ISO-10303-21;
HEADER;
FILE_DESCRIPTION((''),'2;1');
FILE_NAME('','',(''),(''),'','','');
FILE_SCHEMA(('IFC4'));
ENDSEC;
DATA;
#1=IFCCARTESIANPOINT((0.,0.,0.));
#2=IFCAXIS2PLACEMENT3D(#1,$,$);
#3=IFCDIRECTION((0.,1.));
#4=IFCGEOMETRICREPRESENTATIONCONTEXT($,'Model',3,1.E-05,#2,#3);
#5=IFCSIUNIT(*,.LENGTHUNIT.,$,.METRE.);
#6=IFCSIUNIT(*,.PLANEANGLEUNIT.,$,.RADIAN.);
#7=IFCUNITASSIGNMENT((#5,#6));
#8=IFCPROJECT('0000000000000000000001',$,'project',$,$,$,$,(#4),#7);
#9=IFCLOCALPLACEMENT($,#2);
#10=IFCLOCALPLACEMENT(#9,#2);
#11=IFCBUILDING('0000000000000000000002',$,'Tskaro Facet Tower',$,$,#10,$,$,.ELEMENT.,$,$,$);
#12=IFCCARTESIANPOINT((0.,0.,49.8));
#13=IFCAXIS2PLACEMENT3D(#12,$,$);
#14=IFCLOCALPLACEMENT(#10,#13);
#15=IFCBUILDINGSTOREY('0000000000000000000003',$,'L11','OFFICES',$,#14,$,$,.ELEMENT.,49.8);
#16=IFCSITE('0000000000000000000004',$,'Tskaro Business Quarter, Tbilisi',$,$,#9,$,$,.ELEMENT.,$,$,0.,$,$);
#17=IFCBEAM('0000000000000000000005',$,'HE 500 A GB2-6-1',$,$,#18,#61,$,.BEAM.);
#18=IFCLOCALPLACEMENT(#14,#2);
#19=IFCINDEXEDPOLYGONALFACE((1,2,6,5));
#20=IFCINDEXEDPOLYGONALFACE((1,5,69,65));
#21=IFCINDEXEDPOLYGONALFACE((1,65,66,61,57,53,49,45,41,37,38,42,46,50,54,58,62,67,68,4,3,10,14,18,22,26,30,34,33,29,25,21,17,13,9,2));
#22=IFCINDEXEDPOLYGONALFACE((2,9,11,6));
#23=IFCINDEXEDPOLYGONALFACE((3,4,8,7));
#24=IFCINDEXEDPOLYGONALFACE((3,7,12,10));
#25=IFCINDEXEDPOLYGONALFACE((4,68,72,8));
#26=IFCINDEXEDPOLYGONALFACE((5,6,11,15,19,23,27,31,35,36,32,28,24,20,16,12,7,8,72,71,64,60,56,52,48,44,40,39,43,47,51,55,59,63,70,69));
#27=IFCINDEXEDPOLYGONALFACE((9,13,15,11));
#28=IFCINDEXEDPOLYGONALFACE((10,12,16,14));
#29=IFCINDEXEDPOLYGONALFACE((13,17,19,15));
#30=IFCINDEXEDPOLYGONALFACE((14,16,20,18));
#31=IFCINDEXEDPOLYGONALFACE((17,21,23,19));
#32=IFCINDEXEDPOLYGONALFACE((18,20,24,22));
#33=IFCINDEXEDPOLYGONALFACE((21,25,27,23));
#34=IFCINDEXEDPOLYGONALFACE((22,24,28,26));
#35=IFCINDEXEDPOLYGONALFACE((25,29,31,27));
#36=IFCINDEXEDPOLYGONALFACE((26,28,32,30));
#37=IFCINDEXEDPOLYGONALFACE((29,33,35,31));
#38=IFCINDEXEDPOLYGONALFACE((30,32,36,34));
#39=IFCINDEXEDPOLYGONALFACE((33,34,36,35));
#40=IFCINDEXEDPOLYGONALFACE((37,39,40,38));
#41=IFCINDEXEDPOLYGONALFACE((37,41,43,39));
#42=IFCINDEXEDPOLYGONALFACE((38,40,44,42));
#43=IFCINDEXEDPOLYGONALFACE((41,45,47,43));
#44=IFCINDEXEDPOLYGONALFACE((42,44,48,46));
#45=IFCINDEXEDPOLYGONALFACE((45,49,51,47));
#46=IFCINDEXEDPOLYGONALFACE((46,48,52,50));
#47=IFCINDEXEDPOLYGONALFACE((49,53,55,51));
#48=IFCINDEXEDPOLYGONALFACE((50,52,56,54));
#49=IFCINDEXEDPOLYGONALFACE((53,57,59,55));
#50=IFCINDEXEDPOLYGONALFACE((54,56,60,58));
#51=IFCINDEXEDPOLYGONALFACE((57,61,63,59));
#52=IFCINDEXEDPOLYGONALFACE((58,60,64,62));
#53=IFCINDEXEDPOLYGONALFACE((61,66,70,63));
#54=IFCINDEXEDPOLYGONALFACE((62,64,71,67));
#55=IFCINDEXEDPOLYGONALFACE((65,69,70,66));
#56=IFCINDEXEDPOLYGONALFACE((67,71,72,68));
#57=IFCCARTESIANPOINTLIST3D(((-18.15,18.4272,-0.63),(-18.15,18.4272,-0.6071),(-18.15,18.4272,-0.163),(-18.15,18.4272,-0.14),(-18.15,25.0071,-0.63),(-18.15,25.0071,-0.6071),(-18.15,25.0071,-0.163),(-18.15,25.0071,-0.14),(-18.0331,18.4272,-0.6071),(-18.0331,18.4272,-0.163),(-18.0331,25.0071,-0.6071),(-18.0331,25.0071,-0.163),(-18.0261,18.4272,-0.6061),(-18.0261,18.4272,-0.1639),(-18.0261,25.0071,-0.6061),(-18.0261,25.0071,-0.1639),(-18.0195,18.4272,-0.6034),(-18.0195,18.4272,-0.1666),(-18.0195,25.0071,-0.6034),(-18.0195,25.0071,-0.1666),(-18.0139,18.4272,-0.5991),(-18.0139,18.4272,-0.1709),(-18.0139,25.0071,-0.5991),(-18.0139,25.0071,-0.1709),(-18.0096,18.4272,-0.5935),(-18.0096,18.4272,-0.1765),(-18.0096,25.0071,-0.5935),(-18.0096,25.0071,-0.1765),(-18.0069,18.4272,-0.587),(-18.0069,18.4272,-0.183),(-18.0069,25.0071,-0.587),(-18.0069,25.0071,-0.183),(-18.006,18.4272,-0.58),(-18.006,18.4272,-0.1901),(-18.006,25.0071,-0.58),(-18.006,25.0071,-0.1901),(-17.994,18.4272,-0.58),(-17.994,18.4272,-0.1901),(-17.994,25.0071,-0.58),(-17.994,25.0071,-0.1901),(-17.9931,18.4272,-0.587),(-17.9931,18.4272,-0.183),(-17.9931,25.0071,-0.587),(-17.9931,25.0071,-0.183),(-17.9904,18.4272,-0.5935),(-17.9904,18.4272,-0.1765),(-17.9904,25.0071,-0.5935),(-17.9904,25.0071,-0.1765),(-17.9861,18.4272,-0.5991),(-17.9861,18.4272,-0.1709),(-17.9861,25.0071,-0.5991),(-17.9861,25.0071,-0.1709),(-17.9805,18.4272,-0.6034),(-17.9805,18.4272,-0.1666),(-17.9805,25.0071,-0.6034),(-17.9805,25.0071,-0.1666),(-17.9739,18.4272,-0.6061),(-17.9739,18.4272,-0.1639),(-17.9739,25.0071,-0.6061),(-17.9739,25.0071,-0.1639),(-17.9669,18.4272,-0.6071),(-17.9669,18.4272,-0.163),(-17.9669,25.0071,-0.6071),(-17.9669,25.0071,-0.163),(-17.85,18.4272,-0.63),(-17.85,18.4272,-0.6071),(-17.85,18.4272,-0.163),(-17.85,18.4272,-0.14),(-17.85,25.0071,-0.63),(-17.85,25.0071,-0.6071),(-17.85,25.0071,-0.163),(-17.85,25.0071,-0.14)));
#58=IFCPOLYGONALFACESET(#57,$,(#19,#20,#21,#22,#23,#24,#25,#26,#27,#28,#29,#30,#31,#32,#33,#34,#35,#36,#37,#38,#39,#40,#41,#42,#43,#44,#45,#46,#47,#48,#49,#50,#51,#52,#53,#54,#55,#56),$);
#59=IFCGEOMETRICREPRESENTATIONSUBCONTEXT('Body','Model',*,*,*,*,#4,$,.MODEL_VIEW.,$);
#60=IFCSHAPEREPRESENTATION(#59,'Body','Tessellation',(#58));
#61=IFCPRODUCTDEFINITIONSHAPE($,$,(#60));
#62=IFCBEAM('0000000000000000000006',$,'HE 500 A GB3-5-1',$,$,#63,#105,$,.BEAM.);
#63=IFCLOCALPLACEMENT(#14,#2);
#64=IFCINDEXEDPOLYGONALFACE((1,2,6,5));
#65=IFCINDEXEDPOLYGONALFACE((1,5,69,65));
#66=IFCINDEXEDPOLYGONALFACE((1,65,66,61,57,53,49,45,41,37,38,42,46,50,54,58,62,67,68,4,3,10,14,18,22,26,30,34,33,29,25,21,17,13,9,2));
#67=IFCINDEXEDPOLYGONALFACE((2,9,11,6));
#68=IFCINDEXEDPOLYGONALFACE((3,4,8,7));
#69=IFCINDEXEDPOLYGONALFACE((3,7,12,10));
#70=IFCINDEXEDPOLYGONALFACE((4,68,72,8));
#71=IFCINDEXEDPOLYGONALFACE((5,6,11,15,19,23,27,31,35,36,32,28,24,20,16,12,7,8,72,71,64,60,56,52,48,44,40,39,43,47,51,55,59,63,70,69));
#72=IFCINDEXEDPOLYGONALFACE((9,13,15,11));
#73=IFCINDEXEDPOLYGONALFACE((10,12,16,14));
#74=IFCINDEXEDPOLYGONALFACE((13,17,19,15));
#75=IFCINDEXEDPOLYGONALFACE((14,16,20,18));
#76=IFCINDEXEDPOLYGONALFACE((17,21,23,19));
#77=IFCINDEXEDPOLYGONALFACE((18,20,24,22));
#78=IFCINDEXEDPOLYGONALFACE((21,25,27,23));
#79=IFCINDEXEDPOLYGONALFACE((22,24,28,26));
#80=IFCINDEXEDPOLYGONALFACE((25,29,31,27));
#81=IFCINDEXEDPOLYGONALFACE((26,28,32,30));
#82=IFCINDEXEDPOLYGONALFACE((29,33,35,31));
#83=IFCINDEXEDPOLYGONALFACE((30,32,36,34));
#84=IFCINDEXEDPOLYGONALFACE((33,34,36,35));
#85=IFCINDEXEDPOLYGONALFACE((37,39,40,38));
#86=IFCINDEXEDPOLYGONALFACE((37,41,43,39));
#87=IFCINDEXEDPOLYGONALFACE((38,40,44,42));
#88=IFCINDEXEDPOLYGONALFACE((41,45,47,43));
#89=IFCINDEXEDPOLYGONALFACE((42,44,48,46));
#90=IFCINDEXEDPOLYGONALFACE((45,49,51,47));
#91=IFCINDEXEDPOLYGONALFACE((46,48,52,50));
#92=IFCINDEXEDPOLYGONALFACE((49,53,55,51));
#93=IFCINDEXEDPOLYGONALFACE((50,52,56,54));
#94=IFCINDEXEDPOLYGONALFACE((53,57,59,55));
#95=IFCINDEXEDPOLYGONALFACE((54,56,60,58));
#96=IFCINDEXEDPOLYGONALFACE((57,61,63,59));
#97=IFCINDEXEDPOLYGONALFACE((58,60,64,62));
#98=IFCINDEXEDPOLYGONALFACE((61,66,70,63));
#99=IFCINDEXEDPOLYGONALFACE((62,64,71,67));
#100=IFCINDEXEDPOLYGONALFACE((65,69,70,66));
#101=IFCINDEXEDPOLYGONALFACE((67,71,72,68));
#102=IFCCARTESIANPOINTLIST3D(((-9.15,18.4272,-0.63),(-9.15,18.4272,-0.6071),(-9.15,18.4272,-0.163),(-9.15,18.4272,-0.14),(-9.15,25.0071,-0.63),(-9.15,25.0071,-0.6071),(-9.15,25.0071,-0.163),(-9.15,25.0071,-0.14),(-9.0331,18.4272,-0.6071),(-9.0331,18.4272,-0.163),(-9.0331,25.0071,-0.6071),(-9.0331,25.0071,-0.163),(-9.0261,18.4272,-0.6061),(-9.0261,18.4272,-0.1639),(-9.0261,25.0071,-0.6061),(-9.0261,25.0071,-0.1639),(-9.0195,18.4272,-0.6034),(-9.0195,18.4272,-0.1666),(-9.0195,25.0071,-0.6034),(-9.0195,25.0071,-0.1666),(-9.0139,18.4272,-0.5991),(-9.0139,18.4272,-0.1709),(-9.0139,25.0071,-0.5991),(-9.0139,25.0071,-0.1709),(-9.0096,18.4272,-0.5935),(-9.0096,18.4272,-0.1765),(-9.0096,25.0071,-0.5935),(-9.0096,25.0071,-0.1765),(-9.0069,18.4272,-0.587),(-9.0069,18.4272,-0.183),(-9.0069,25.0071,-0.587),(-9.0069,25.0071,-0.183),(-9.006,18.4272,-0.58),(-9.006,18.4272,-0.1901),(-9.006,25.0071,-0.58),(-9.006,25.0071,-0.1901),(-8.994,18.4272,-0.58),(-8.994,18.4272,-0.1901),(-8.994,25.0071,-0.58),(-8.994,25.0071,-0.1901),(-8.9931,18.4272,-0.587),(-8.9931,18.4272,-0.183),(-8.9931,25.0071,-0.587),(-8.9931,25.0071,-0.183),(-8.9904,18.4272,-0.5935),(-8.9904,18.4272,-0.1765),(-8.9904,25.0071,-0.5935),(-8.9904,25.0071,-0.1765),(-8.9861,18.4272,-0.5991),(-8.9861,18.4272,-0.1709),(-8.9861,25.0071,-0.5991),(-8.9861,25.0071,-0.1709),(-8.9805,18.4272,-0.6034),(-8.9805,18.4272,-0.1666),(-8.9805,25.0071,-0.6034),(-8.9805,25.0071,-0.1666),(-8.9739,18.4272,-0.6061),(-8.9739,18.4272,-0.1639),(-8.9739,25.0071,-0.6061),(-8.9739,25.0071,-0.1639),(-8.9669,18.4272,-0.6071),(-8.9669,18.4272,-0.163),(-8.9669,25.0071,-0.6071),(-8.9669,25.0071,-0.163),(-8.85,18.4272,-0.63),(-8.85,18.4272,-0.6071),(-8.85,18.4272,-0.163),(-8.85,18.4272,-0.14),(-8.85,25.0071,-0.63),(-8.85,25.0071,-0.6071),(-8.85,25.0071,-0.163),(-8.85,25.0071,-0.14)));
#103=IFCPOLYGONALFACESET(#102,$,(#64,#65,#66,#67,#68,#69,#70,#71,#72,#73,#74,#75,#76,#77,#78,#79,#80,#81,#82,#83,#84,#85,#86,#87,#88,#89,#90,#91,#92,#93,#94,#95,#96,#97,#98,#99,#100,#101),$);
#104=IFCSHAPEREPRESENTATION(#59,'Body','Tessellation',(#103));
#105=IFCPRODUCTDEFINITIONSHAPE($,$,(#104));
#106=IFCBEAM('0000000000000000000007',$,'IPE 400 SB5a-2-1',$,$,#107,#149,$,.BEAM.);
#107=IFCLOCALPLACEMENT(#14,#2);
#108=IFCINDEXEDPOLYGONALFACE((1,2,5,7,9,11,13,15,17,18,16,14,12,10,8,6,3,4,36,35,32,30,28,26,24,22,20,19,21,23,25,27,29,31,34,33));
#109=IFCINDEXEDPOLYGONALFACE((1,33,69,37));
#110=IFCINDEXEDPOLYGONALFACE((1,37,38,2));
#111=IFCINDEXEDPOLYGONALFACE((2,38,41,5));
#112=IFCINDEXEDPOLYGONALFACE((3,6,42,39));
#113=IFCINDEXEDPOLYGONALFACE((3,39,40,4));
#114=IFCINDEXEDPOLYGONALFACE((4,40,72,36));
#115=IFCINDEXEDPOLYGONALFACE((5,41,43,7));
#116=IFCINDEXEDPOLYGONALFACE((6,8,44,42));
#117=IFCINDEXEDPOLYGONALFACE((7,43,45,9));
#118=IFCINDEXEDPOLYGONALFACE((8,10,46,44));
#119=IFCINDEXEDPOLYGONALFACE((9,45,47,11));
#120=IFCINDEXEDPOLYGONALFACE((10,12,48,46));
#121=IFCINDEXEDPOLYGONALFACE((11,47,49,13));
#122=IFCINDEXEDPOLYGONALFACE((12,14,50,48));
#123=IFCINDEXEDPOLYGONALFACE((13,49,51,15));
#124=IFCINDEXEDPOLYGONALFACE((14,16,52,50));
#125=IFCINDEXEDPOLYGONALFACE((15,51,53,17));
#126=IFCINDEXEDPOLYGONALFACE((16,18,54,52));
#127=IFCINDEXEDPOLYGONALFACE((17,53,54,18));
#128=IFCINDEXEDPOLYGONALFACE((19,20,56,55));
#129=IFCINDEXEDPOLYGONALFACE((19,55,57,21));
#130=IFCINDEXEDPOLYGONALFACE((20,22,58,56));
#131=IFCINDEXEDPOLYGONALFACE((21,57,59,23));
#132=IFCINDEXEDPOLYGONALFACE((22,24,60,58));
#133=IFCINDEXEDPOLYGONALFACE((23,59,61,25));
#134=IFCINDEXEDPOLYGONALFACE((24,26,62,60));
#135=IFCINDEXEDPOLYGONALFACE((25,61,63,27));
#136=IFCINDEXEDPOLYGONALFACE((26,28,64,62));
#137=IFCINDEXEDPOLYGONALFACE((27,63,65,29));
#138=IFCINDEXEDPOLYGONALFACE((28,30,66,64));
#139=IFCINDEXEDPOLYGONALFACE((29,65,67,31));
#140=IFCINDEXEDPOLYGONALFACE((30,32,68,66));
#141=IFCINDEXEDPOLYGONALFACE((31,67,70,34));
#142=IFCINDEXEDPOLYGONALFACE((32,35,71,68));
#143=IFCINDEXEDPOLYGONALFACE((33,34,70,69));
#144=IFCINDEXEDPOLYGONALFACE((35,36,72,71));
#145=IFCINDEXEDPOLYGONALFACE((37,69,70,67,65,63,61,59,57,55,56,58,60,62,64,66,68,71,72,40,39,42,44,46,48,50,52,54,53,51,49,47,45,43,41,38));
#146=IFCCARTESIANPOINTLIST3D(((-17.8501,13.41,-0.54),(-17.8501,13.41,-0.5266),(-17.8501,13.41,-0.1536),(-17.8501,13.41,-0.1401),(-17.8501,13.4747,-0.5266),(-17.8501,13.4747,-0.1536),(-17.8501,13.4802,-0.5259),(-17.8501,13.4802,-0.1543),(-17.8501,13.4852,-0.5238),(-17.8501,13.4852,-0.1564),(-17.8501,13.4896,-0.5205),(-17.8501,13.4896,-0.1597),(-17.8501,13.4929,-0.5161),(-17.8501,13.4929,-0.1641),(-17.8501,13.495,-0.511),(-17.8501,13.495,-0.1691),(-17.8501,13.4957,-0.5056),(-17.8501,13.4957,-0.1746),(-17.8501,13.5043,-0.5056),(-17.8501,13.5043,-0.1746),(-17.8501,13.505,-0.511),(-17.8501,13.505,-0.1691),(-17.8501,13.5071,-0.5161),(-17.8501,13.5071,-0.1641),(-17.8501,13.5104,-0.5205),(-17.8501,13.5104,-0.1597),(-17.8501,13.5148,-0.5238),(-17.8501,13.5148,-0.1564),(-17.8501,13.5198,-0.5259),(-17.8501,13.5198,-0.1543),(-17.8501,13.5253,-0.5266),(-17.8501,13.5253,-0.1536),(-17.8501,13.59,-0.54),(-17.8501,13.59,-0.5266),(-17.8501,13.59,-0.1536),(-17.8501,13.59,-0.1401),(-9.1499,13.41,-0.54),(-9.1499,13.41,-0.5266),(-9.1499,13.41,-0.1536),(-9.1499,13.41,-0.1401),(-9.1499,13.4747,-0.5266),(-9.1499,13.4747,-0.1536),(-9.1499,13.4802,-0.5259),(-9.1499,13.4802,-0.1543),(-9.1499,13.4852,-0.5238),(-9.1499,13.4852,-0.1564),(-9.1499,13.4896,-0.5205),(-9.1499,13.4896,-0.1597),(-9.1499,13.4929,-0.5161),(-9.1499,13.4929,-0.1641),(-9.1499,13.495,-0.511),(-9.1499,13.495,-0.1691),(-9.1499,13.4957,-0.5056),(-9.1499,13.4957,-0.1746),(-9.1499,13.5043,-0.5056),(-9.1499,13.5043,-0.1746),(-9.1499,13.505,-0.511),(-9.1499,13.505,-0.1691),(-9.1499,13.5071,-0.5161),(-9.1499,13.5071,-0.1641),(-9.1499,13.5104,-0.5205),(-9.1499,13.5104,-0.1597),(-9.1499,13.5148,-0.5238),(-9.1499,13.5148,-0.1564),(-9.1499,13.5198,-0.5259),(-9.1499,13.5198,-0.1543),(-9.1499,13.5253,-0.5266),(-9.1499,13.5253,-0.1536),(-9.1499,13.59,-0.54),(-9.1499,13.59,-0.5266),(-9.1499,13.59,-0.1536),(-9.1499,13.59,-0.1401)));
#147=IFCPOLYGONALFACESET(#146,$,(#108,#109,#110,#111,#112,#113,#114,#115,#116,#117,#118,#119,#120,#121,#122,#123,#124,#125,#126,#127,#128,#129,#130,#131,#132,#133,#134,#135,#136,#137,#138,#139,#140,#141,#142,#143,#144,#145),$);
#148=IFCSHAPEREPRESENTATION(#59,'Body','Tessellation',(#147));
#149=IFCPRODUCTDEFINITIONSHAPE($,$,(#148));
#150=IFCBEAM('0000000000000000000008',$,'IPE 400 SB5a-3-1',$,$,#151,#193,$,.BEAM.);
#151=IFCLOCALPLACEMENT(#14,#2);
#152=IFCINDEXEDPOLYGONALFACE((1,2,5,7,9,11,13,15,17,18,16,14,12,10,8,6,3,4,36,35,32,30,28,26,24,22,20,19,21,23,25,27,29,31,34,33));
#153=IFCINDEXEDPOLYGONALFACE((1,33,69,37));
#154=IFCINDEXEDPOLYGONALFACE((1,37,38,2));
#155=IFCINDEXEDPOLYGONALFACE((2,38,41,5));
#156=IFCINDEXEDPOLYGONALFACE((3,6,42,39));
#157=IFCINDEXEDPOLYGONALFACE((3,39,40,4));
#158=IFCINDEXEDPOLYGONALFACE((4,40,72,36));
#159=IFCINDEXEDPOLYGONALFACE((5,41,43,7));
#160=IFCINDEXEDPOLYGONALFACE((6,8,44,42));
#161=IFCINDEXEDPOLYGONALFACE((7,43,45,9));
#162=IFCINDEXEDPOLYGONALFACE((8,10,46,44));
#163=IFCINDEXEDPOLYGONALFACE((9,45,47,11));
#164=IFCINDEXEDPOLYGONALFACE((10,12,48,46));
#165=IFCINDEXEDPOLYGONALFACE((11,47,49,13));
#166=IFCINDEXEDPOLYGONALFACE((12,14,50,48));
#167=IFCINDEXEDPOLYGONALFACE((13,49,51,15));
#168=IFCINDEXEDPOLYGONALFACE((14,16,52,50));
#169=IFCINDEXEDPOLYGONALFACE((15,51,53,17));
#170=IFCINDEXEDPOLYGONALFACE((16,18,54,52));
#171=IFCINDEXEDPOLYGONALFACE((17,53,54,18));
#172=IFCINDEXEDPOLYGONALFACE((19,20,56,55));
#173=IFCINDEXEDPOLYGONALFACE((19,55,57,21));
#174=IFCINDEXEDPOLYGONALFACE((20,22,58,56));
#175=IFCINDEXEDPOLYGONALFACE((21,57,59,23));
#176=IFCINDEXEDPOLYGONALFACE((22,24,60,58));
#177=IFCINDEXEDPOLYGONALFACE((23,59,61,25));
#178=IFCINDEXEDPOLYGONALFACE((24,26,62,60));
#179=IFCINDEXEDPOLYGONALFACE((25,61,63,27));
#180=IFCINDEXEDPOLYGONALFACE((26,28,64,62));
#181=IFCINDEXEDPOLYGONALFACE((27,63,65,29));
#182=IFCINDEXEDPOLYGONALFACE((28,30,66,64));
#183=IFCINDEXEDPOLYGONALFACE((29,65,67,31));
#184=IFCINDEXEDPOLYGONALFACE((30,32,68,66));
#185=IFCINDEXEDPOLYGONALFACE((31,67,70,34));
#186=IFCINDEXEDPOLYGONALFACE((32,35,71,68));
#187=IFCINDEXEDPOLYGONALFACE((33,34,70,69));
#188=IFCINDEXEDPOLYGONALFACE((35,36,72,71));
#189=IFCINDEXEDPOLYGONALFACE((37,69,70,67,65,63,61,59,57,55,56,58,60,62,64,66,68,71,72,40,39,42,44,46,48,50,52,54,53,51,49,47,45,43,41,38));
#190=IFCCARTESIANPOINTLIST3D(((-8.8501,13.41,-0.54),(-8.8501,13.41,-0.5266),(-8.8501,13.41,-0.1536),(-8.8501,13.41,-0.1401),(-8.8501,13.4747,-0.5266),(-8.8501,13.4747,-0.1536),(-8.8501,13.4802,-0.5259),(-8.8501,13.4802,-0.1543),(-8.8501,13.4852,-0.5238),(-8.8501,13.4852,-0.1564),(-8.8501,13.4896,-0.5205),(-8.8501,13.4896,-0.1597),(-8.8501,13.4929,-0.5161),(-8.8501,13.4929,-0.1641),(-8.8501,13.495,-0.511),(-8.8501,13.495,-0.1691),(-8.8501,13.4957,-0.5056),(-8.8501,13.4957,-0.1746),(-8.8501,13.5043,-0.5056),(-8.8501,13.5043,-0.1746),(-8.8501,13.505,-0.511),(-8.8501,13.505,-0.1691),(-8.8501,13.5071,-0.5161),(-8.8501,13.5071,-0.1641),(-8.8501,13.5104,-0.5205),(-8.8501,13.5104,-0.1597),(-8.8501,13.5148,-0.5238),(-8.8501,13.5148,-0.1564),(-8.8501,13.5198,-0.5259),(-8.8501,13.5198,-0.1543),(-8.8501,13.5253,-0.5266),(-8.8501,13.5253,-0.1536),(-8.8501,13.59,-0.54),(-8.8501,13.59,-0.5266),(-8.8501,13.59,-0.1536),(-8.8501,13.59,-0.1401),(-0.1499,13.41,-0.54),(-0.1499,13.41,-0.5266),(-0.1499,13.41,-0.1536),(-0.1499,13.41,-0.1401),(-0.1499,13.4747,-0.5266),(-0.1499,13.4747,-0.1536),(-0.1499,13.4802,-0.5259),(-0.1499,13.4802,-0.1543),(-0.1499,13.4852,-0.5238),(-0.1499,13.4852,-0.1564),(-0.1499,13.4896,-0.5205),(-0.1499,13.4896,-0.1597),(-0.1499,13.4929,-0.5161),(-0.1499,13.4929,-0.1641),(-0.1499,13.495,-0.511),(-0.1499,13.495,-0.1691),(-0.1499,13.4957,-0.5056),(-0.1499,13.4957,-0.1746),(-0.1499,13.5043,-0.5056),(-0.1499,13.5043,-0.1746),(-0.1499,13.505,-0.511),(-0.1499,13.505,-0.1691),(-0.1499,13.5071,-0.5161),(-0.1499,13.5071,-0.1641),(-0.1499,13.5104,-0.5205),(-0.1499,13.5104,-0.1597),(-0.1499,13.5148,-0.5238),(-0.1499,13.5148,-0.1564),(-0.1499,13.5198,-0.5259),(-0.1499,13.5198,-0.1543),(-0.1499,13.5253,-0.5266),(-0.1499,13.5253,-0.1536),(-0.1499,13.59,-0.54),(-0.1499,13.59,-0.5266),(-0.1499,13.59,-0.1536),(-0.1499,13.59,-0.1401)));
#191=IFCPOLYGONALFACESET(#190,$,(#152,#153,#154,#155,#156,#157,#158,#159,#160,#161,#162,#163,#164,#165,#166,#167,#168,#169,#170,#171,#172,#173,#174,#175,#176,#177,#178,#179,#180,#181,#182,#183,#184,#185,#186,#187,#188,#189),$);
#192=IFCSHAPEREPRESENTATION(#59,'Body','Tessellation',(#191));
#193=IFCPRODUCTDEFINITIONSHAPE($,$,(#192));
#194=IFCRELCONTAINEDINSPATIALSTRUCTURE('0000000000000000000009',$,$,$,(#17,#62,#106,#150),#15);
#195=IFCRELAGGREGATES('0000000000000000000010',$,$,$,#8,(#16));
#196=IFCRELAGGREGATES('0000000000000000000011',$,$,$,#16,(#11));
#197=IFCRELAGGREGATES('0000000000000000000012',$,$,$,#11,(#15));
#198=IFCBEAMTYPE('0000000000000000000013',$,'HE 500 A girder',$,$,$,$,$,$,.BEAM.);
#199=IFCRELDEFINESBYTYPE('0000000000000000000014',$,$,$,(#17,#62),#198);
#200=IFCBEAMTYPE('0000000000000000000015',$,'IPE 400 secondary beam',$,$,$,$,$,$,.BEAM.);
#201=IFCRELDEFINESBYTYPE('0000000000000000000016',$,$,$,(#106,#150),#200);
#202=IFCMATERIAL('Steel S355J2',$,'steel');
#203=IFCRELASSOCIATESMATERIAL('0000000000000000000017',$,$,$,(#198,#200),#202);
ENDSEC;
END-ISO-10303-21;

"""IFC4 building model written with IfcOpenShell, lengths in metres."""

from ifc_helpers import new_model, si_unit, direction, frame, origin, origin_2d, place, context, subcontext, project, spatial, i_section, extrude, material, material_profile, profile_set, type_object, element, save


model = new_model("IFC4")

# Units and contexts
model_context = context("Model", 3, precision=1e-05, world=origin(), true_north=direction((0.0, 1.0)))
body_context = subcontext(model_context, "Body", "Model", "MODEL_VIEW")
ifc_project = project(units=[si_unit("LENGTHUNIT", "METRE"), si_unit("PLANEANGLEUNIT", "RADIAN")], contexts=[model_context])

# Site, building, storey
site_placement = place(None, origin())
site = spatial("IfcSite", under=ifc_project, at=site_placement, Name="Tskaro Business Quarter, Tbilisi", CompositionType="ELEMENT", RefElevation=0.0)
building_placement = place(site_placement, origin())
building = spatial("IfcBuilding", under=site, at=building_placement, Name="Tskaro Facet Tower", CompositionType="ELEMENT")
storey_placement = place(building_placement, frame((0.0, 0.0, 49.8)))
storey = spatial("IfcBuildingStorey", under=building, at=storey_placement, Name="L11", Description="OFFICES", CompositionType="ELEMENT", Elevation=49.8)

# Beams
ifc_material_1 = material(Name="Steel S355J2", Category="steel")
ifc_material_profile_1 = material_profile(ifc_material_1, i_section(OverallWidth=0.3, OverallDepth=0.49, WebThickness=0.012, FlangeThickness=0.0229, FilletRadius=0.0271, at=origin_2d()), Name="HE 500 A")
ifc_profile_set_1 = profile_set([ifc_material_profile_1], Name="Steel S355J2")
beam_type_1 = type_object("IfcBeamType", Name="HE 500 A girder", PredefinedType="BEAM", material=ifc_profile_set_1)
for number, where, z_axis, x_axis, name in (
    (1, (-18.0, 18.4272, -0.385), (0.0, 1.0, 0.0), (-1.0, 0.0, 0.0), "HE 500 A GB2-6-1"),
    (2, (-9.0, 18.4272, -0.385), (0.0, 1.0, 0.0), (-1.0, 0.0, 0.0), "HE 500 A GB3-5-1"),
):
    element("IfcBeam", number, at=place(storey_placement, frame(where, z_axis=z_axis, x_axis=x_axis)), inside=storey, type_object=beam_type_1, Name=name, PredefinedType="BEAM", context=body_context, shape_type="SweptSolid", body=[
        extrude(i_section(OverallWidth=0.3, OverallDepth=0.49, WebThickness=0.012, FlangeThickness=0.0229, FilletRadius=0.0271, at=origin_2d()), origin(), (0.0, 0.0, 1.0), 6.5798),
    ])
ifc_material_profile_2 = material_profile(ifc_material_1, i_section(OverallWidth=0.1799, OverallDepth=0.3999, WebThickness=0.0085, FlangeThickness=0.0134, FilletRadius=0.021, at=origin_2d()), Name="IPE 400")
ifc_profile_set_2 = profile_set([ifc_material_profile_2], Name="Steel S355J2")
beam_type_2 = type_object("IfcBeamType", Name="IPE 400 secondary beam", PredefinedType="BEAM", material=ifc_profile_set_2)
for number, where, z_axis, x_axis, name in (
    (3, (-17.8501, 13.5, -0.3401), (1.0, 0.0, 0.0), (0.0, 1.0, 0.0), "IPE 400 SB5a-2-1"),
    (4, (-8.8501, 13.5, -0.3401), (1.0, 0.0, 0.0), (0.0, 1.0, 0.0), "IPE 400 SB5a-3-1"),
):
    element("IfcBeam", number, at=place(storey_placement, frame(where, z_axis=z_axis, x_axis=x_axis)), inside=storey, type_object=beam_type_2, Name=name, PredefinedType="BEAM", context=body_context, shape_type="SweptSolid", body=[
        extrude(i_section(OverallWidth=0.1799, OverallDepth=0.3999, WebThickness=0.0085, FlangeThickness=0.0134, FilletRadius=0.021, at=origin_2d()), origin(), (0.0, 0.0, 1.0), 8.7002),
    ])

save(model, "model.ifc")
